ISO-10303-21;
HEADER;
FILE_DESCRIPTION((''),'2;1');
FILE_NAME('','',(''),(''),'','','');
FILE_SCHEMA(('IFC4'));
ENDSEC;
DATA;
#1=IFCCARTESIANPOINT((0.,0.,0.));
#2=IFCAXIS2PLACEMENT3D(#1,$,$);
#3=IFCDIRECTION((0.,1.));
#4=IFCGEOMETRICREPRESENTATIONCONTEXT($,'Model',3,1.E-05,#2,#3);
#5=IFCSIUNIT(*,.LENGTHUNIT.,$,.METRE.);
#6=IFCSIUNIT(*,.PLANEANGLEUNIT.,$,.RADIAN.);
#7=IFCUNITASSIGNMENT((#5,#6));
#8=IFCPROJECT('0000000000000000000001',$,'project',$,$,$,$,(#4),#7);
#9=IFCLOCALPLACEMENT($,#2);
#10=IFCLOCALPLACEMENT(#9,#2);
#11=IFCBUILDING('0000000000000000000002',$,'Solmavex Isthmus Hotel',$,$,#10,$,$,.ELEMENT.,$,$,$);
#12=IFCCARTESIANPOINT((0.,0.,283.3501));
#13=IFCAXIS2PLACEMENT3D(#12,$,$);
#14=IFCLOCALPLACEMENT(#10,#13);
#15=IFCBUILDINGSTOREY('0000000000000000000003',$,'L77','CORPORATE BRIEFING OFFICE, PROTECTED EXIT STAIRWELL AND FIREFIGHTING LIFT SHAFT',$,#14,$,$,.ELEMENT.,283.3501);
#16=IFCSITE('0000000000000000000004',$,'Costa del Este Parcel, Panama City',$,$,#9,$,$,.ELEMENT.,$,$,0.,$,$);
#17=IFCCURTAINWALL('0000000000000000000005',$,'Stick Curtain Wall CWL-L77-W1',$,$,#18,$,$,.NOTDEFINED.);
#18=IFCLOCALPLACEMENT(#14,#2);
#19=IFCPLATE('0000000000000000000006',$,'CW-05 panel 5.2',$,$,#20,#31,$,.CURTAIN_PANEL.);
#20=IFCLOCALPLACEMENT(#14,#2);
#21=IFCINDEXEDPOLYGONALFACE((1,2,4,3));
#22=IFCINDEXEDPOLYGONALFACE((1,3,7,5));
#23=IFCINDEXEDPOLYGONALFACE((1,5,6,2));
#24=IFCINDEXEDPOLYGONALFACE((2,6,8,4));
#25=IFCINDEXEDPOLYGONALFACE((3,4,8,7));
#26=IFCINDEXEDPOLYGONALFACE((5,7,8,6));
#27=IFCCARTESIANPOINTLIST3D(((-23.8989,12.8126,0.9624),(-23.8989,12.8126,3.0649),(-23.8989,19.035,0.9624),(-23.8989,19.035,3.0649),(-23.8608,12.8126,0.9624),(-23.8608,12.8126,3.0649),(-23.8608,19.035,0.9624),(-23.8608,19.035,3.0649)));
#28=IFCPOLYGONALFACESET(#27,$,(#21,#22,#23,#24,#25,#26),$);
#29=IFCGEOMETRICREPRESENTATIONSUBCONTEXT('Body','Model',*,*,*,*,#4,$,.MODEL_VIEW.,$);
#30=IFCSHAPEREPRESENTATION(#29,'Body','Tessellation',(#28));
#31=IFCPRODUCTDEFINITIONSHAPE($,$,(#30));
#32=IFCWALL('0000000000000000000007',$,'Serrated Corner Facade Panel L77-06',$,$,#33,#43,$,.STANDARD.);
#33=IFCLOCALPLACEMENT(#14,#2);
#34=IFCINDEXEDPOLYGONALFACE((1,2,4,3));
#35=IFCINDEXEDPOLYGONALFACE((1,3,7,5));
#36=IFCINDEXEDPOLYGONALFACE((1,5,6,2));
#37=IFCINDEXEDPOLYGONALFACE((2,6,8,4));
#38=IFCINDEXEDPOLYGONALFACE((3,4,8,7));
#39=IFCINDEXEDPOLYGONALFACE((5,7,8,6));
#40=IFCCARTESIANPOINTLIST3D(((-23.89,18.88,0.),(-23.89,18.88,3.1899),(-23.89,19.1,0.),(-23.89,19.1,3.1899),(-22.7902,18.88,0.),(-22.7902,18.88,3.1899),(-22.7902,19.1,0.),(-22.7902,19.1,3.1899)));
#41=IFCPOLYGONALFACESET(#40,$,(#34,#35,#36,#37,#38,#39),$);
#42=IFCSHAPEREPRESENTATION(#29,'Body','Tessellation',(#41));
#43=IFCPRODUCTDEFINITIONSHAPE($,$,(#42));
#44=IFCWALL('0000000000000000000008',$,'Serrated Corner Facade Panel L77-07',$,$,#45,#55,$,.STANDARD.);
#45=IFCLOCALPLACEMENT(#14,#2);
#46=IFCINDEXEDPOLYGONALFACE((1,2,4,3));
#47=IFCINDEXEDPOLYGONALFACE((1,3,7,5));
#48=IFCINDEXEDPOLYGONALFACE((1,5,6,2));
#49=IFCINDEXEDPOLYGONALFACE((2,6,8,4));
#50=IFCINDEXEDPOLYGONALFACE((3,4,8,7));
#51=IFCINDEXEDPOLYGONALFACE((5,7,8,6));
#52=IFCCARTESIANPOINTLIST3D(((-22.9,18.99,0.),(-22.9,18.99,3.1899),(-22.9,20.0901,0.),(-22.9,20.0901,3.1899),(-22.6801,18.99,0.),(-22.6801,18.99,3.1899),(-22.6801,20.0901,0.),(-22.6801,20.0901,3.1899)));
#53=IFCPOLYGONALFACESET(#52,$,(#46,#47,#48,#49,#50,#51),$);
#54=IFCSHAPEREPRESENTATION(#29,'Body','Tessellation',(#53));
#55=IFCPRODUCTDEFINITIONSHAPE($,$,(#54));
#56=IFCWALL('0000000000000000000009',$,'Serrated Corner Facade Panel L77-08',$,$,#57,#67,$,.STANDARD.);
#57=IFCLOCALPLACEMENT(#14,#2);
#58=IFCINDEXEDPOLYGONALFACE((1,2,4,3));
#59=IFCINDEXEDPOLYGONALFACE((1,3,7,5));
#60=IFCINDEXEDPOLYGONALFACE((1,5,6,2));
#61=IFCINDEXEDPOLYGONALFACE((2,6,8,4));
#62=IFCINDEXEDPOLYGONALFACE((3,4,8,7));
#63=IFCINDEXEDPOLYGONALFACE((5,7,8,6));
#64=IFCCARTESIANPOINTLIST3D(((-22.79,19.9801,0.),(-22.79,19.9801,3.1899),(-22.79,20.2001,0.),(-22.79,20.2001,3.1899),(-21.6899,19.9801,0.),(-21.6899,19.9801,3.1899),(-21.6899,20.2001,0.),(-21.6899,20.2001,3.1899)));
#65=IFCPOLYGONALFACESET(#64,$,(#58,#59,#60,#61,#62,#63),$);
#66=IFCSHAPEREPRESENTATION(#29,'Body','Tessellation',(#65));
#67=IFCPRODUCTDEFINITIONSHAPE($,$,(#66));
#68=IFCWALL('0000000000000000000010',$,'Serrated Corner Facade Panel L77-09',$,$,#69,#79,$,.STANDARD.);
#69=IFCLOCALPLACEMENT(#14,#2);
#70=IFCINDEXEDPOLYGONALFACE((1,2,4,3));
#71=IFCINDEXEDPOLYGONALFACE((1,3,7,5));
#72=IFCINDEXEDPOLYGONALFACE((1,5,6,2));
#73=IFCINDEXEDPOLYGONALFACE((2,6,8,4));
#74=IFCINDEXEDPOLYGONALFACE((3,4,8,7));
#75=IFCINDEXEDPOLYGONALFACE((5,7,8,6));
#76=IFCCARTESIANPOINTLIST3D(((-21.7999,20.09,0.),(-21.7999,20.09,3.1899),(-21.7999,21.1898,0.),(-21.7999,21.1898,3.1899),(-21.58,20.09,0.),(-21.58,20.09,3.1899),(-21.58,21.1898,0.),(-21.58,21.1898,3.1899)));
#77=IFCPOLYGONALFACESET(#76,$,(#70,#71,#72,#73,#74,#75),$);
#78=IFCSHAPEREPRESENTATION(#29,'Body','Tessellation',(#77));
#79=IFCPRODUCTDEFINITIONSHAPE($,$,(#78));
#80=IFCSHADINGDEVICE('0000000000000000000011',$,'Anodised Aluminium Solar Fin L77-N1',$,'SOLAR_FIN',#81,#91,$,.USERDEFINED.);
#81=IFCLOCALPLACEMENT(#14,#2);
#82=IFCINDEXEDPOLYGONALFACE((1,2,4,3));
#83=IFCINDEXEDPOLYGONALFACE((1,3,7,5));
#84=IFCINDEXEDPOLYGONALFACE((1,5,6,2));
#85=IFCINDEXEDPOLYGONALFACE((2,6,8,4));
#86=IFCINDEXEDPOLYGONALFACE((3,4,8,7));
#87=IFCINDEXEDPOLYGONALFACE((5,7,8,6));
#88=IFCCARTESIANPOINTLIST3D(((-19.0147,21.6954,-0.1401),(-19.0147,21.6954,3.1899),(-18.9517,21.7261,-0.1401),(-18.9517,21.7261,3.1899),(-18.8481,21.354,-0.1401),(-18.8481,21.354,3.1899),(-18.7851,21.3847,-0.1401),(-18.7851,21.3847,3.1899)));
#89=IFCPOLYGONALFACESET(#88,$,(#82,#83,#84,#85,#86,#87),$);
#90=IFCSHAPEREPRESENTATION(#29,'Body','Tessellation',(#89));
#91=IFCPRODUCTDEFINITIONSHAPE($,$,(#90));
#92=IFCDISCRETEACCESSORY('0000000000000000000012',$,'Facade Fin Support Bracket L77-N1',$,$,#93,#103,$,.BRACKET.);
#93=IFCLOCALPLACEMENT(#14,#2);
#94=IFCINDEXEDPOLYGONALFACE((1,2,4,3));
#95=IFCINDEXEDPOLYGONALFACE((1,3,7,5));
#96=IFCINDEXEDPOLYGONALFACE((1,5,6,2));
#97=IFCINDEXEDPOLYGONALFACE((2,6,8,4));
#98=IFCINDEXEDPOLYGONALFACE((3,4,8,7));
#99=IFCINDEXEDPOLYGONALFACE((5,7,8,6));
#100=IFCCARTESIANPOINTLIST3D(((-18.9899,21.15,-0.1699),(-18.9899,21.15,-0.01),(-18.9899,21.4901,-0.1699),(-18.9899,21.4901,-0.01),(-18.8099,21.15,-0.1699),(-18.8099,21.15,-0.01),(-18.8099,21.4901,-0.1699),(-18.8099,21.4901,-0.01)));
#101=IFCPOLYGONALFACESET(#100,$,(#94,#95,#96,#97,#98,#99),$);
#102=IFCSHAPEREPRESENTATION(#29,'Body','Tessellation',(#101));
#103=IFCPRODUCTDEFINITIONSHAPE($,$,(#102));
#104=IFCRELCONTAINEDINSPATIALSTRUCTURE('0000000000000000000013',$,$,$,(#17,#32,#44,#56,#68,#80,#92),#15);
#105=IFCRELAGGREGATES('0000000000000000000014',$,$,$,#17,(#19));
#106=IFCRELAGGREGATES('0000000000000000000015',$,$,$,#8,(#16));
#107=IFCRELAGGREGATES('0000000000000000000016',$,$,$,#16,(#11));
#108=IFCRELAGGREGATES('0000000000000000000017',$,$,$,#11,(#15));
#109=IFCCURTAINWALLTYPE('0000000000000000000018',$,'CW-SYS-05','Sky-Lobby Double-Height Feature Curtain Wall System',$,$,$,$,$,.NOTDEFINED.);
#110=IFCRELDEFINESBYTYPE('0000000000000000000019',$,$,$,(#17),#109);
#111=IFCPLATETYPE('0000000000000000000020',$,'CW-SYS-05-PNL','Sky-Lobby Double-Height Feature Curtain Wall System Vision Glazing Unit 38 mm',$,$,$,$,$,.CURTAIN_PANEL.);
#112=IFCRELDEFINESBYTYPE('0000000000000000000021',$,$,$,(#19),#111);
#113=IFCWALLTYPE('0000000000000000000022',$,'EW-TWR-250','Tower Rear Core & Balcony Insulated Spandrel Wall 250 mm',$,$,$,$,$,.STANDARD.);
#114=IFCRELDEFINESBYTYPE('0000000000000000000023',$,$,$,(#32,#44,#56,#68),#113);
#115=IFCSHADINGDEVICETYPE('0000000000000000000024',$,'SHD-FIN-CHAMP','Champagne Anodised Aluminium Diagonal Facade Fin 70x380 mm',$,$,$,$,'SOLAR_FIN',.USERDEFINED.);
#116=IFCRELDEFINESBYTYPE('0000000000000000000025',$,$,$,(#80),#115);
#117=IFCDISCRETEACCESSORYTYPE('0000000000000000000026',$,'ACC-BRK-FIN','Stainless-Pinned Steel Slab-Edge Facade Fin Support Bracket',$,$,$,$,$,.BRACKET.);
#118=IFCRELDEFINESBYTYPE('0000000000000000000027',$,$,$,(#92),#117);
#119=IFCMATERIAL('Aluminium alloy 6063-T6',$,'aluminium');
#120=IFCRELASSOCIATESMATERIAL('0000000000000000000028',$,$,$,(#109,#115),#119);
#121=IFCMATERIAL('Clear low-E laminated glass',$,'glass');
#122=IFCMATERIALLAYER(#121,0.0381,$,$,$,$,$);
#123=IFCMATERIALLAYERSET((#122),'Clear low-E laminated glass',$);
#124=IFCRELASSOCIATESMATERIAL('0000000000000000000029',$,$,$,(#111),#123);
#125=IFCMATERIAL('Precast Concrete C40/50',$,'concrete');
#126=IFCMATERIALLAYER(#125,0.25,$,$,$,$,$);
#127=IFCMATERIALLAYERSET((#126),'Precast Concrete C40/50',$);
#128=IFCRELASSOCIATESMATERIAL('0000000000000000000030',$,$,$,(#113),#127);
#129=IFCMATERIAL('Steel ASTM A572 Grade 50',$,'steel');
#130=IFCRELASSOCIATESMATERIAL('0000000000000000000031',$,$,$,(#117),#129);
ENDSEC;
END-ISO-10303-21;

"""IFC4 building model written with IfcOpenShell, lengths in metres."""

from ifc_helpers import new_model, si_unit, direction, frame, frame_2d, origin, origin_2d, place, context, subcontext, project, spatial, rectangle, extrude, material, layer, layer_set, type_object, element, aggregate, save


model = new_model("IFC4")

# Units and contexts
model_context = context("Model", 3, precision=1e-05, world=origin(), true_north=direction((0.0, 1.0)))
body_context = subcontext(model_context, "Body", "Model", "MODEL_VIEW")
ifc_project = project(units=[si_unit("LENGTHUNIT", "METRE"), si_unit("PLANEANGLEUNIT", "RADIAN")], contexts=[model_context])

# Site, building, storey
site_placement = place(None, origin())
site = spatial("IfcSite", under=ifc_project, at=site_placement, Name="Costa del Este Parcel, Panama City", CompositionType="ELEMENT", RefElevation=0.0)
building_placement = place(site_placement, origin())
building = spatial("IfcBuilding", under=site, at=building_placement, Name="Solmavex Isthmus Hotel", CompositionType="ELEMENT")
storey_placement = place(building_placement, frame((0.0, 0.0, 283.3501)))
storey = spatial("IfcBuildingStorey", under=building, at=storey_placement, Name="L77", Description="CORPORATE BRIEFING OFFICE, PROTECTED EXIT STAIRWELL AND FIREFIGHTING LIFT SHAFT", CompositionType="ELEMENT", Elevation=283.3501)

# Shared definitions
ifc_material_1 = material(Name="Aluminium alloy 6063-T6", Category="aluminium")
curtain_wall_type = type_object("IfcCurtainWallType", Name="CW-SYS-05", Description="Sky-Lobby Double-Height Feature Curtain Wall System", PredefinedType="NOTDEFINED", material=ifc_material_1)

# Curtain wall
curtain_wall_1_placement = place(storey_placement, origin())
curtain_wall_1 = element("IfcCurtainWall", 1, at=curtain_wall_1_placement, inside=storey, type_object=curtain_wall_type, Name="Stick Curtain Wall CWL-L77-W1", PredefinedType="NOTDEFINED")

# Plate
ifc_material_2 = material(Name="Clear low-E laminated glass", Category="glass")
ifc_layer_1 = layer(ifc_material_2, 0.0381)
ifc_layer_set_1 = layer_set([ifc_layer_1], Name="Clear low-E laminated glass")
plate_type = type_object("IfcPlateType", Name="CW-SYS-05-PNL", Description="Sky-Lobby Double-Height Feature Curtain Wall System Vision Glazing Unit 38 mm", PredefinedType="CURTAIN_PANEL", material=ifc_layer_set_1)
plate_1_placement = place(storey_placement, frame((-23.8799, 15.9238, 0.9624), z_axis=(0.0, 0.0, 1.0), x_axis=(0.0, 1.0, 0.0)))
plate_1 = element("IfcPlate", 2, at=plate_1_placement, type_object=plate_type, Name="CW-05 panel 5.2", PredefinedType="CURTAIN_PANEL", context=body_context, shape_type="SweptSolid", body=[
    extrude(rectangle(XDim=6.2224, YDim=0.0381, at=origin_2d()), origin(), (0.0, 0.0, 1.0), 2.1025),
])
aggregate(curtain_wall_1, [plate_1])

# Walls
ifc_material_3 = material(Name="Precast Concrete C40/50", Category="concrete")
ifc_layer_2 = layer(ifc_material_3, 0.25)
ifc_layer_set_2 = layer_set([ifc_layer_2], Name="Precast Concrete C40/50")
wall_type = type_object("IfcWallType", Name="EW-TWR-250", Description="Tower Rear Core & Balcony Insulated Spandrel Wall 250 mm", PredefinedType="STANDARD", material=ifc_layer_set_2)
wall_1_placement = place(storey_placement, frame((-23.8899, 18.99, 0.0), z_axis=(0.0, 0.0, 1.0), x_axis=(1.0, 0.0, 0.0)))
element("IfcWall", 3, at=wall_1_placement, inside=storey, type_object=wall_type, Name="Serrated Corner Facade Panel L77-06", PredefinedType="STANDARD", context=body_context, shape_type="SweptSolid", body=[
    extrude(rectangle(XDim=1.0999, YDim=0.22, at=frame_2d((0.5498, 0.0))), origin(), (0.0, 0.0, 1.0), 3.1899),
])
for number, where, z_axis, x_axis, name in (
    (4, (-22.79, 18.99, 0.0), (0.0, 0.0, 1.0), (0.0, 1.0, 0.0), "Serrated Corner Facade Panel L77-07"),
    (5, (-22.79, 20.0901, 0.0), (0.0, 0.0, 1.0), (1.0, 0.0, 0.0), "Serrated Corner Facade Panel L77-08"),
):
    element("IfcWall", number, at=place(storey_placement, frame(where, z_axis=z_axis, x_axis=x_axis)), inside=storey, type_object=wall_type, Name=name, PredefinedType="STANDARD", context=body_context, shape_type="SweptSolid", body=[
        extrude(rectangle(XDim=1.1001, YDim=0.22, at=frame_2d((0.55, 0.0))), origin(), (0.0, 0.0, 1.0), 3.1899),
    ])
wall_2_placement = place(storey_placement, frame((-21.6899, 20.0901, 0.0), z_axis=(0.0, 0.0, 1.0), x_axis=(0.0, 1.0, 0.0)))
element("IfcWall", 6, at=wall_2_placement, inside=storey, type_object=wall_type, Name="Serrated Corner Facade Panel L77-09", PredefinedType="STANDARD", context=body_context, shape_type="SweptSolid", body=[
    extrude(rectangle(XDim=1.0999, YDim=0.22, at=frame_2d((0.5498, 0.0))), origin(), (0.0, 0.0, 1.0), 3.1899),
])

# Shading device
shading_device_type = type_object("IfcShadingDeviceType", Name="SHD-FIN-CHAMP", Description="Champagne Anodised Aluminium Diagonal Facade Fin 70x380 mm", ElementType="SOLAR_FIN", PredefinedType="USERDEFINED", material=ifc_material_1)
shading_device_placement = place(storey_placement, frame((-18.8999, 21.54, -0.1401), z_axis=(0.0, 0.0, 1.0), x_axis=(-0.438371, 0.898794, 0.0)))
element("IfcShadingDevice", 7, at=shading_device_placement, inside=storey, type_object=shading_device_type, Name="Anodised Aluminium Solar Fin L77-N1", ObjectType="SOLAR_FIN", PredefinedType="USERDEFINED", context=body_context, shape_type="SweptSolid", body=[
    extrude(rectangle(XDim=0.3799, YDim=0.0701, at=origin_2d()), origin(), (0.0, 0.0, 1.0), 3.3301),
])

# Discrete accessory
ifc_material_4 = material(Name="Steel ASTM A572 Grade 50", Category="steel")
discrete_accessory_type = type_object("IfcDiscreteAccessoryType", Name="ACC-BRK-FIN", Description="Stainless-Pinned Steel Slab-Edge Facade Fin Support Bracket", PredefinedType="BRACKET", material=ifc_material_4)
discrete_accessory_placement = place(storey_placement, frame((-18.8999, 21.3201, -0.1699), z_axis=(0.0, 0.0, 1.0), x_axis=(0.0, 1.0, 0.0)))
element("IfcDiscreteAccessory", 8, at=discrete_accessory_placement, inside=storey, type_object=discrete_accessory_type, Name="Facade Fin Support Bracket L77-N1", PredefinedType="BRACKET", context=body_context, shape_type="SweptSolid", body=[
    extrude(rectangle(XDim=0.3401, YDim=0.1799, at=origin_2d()), origin(), (0.0, 0.0, 1.0), 0.1599),
])

save(model, "model.ifc")
